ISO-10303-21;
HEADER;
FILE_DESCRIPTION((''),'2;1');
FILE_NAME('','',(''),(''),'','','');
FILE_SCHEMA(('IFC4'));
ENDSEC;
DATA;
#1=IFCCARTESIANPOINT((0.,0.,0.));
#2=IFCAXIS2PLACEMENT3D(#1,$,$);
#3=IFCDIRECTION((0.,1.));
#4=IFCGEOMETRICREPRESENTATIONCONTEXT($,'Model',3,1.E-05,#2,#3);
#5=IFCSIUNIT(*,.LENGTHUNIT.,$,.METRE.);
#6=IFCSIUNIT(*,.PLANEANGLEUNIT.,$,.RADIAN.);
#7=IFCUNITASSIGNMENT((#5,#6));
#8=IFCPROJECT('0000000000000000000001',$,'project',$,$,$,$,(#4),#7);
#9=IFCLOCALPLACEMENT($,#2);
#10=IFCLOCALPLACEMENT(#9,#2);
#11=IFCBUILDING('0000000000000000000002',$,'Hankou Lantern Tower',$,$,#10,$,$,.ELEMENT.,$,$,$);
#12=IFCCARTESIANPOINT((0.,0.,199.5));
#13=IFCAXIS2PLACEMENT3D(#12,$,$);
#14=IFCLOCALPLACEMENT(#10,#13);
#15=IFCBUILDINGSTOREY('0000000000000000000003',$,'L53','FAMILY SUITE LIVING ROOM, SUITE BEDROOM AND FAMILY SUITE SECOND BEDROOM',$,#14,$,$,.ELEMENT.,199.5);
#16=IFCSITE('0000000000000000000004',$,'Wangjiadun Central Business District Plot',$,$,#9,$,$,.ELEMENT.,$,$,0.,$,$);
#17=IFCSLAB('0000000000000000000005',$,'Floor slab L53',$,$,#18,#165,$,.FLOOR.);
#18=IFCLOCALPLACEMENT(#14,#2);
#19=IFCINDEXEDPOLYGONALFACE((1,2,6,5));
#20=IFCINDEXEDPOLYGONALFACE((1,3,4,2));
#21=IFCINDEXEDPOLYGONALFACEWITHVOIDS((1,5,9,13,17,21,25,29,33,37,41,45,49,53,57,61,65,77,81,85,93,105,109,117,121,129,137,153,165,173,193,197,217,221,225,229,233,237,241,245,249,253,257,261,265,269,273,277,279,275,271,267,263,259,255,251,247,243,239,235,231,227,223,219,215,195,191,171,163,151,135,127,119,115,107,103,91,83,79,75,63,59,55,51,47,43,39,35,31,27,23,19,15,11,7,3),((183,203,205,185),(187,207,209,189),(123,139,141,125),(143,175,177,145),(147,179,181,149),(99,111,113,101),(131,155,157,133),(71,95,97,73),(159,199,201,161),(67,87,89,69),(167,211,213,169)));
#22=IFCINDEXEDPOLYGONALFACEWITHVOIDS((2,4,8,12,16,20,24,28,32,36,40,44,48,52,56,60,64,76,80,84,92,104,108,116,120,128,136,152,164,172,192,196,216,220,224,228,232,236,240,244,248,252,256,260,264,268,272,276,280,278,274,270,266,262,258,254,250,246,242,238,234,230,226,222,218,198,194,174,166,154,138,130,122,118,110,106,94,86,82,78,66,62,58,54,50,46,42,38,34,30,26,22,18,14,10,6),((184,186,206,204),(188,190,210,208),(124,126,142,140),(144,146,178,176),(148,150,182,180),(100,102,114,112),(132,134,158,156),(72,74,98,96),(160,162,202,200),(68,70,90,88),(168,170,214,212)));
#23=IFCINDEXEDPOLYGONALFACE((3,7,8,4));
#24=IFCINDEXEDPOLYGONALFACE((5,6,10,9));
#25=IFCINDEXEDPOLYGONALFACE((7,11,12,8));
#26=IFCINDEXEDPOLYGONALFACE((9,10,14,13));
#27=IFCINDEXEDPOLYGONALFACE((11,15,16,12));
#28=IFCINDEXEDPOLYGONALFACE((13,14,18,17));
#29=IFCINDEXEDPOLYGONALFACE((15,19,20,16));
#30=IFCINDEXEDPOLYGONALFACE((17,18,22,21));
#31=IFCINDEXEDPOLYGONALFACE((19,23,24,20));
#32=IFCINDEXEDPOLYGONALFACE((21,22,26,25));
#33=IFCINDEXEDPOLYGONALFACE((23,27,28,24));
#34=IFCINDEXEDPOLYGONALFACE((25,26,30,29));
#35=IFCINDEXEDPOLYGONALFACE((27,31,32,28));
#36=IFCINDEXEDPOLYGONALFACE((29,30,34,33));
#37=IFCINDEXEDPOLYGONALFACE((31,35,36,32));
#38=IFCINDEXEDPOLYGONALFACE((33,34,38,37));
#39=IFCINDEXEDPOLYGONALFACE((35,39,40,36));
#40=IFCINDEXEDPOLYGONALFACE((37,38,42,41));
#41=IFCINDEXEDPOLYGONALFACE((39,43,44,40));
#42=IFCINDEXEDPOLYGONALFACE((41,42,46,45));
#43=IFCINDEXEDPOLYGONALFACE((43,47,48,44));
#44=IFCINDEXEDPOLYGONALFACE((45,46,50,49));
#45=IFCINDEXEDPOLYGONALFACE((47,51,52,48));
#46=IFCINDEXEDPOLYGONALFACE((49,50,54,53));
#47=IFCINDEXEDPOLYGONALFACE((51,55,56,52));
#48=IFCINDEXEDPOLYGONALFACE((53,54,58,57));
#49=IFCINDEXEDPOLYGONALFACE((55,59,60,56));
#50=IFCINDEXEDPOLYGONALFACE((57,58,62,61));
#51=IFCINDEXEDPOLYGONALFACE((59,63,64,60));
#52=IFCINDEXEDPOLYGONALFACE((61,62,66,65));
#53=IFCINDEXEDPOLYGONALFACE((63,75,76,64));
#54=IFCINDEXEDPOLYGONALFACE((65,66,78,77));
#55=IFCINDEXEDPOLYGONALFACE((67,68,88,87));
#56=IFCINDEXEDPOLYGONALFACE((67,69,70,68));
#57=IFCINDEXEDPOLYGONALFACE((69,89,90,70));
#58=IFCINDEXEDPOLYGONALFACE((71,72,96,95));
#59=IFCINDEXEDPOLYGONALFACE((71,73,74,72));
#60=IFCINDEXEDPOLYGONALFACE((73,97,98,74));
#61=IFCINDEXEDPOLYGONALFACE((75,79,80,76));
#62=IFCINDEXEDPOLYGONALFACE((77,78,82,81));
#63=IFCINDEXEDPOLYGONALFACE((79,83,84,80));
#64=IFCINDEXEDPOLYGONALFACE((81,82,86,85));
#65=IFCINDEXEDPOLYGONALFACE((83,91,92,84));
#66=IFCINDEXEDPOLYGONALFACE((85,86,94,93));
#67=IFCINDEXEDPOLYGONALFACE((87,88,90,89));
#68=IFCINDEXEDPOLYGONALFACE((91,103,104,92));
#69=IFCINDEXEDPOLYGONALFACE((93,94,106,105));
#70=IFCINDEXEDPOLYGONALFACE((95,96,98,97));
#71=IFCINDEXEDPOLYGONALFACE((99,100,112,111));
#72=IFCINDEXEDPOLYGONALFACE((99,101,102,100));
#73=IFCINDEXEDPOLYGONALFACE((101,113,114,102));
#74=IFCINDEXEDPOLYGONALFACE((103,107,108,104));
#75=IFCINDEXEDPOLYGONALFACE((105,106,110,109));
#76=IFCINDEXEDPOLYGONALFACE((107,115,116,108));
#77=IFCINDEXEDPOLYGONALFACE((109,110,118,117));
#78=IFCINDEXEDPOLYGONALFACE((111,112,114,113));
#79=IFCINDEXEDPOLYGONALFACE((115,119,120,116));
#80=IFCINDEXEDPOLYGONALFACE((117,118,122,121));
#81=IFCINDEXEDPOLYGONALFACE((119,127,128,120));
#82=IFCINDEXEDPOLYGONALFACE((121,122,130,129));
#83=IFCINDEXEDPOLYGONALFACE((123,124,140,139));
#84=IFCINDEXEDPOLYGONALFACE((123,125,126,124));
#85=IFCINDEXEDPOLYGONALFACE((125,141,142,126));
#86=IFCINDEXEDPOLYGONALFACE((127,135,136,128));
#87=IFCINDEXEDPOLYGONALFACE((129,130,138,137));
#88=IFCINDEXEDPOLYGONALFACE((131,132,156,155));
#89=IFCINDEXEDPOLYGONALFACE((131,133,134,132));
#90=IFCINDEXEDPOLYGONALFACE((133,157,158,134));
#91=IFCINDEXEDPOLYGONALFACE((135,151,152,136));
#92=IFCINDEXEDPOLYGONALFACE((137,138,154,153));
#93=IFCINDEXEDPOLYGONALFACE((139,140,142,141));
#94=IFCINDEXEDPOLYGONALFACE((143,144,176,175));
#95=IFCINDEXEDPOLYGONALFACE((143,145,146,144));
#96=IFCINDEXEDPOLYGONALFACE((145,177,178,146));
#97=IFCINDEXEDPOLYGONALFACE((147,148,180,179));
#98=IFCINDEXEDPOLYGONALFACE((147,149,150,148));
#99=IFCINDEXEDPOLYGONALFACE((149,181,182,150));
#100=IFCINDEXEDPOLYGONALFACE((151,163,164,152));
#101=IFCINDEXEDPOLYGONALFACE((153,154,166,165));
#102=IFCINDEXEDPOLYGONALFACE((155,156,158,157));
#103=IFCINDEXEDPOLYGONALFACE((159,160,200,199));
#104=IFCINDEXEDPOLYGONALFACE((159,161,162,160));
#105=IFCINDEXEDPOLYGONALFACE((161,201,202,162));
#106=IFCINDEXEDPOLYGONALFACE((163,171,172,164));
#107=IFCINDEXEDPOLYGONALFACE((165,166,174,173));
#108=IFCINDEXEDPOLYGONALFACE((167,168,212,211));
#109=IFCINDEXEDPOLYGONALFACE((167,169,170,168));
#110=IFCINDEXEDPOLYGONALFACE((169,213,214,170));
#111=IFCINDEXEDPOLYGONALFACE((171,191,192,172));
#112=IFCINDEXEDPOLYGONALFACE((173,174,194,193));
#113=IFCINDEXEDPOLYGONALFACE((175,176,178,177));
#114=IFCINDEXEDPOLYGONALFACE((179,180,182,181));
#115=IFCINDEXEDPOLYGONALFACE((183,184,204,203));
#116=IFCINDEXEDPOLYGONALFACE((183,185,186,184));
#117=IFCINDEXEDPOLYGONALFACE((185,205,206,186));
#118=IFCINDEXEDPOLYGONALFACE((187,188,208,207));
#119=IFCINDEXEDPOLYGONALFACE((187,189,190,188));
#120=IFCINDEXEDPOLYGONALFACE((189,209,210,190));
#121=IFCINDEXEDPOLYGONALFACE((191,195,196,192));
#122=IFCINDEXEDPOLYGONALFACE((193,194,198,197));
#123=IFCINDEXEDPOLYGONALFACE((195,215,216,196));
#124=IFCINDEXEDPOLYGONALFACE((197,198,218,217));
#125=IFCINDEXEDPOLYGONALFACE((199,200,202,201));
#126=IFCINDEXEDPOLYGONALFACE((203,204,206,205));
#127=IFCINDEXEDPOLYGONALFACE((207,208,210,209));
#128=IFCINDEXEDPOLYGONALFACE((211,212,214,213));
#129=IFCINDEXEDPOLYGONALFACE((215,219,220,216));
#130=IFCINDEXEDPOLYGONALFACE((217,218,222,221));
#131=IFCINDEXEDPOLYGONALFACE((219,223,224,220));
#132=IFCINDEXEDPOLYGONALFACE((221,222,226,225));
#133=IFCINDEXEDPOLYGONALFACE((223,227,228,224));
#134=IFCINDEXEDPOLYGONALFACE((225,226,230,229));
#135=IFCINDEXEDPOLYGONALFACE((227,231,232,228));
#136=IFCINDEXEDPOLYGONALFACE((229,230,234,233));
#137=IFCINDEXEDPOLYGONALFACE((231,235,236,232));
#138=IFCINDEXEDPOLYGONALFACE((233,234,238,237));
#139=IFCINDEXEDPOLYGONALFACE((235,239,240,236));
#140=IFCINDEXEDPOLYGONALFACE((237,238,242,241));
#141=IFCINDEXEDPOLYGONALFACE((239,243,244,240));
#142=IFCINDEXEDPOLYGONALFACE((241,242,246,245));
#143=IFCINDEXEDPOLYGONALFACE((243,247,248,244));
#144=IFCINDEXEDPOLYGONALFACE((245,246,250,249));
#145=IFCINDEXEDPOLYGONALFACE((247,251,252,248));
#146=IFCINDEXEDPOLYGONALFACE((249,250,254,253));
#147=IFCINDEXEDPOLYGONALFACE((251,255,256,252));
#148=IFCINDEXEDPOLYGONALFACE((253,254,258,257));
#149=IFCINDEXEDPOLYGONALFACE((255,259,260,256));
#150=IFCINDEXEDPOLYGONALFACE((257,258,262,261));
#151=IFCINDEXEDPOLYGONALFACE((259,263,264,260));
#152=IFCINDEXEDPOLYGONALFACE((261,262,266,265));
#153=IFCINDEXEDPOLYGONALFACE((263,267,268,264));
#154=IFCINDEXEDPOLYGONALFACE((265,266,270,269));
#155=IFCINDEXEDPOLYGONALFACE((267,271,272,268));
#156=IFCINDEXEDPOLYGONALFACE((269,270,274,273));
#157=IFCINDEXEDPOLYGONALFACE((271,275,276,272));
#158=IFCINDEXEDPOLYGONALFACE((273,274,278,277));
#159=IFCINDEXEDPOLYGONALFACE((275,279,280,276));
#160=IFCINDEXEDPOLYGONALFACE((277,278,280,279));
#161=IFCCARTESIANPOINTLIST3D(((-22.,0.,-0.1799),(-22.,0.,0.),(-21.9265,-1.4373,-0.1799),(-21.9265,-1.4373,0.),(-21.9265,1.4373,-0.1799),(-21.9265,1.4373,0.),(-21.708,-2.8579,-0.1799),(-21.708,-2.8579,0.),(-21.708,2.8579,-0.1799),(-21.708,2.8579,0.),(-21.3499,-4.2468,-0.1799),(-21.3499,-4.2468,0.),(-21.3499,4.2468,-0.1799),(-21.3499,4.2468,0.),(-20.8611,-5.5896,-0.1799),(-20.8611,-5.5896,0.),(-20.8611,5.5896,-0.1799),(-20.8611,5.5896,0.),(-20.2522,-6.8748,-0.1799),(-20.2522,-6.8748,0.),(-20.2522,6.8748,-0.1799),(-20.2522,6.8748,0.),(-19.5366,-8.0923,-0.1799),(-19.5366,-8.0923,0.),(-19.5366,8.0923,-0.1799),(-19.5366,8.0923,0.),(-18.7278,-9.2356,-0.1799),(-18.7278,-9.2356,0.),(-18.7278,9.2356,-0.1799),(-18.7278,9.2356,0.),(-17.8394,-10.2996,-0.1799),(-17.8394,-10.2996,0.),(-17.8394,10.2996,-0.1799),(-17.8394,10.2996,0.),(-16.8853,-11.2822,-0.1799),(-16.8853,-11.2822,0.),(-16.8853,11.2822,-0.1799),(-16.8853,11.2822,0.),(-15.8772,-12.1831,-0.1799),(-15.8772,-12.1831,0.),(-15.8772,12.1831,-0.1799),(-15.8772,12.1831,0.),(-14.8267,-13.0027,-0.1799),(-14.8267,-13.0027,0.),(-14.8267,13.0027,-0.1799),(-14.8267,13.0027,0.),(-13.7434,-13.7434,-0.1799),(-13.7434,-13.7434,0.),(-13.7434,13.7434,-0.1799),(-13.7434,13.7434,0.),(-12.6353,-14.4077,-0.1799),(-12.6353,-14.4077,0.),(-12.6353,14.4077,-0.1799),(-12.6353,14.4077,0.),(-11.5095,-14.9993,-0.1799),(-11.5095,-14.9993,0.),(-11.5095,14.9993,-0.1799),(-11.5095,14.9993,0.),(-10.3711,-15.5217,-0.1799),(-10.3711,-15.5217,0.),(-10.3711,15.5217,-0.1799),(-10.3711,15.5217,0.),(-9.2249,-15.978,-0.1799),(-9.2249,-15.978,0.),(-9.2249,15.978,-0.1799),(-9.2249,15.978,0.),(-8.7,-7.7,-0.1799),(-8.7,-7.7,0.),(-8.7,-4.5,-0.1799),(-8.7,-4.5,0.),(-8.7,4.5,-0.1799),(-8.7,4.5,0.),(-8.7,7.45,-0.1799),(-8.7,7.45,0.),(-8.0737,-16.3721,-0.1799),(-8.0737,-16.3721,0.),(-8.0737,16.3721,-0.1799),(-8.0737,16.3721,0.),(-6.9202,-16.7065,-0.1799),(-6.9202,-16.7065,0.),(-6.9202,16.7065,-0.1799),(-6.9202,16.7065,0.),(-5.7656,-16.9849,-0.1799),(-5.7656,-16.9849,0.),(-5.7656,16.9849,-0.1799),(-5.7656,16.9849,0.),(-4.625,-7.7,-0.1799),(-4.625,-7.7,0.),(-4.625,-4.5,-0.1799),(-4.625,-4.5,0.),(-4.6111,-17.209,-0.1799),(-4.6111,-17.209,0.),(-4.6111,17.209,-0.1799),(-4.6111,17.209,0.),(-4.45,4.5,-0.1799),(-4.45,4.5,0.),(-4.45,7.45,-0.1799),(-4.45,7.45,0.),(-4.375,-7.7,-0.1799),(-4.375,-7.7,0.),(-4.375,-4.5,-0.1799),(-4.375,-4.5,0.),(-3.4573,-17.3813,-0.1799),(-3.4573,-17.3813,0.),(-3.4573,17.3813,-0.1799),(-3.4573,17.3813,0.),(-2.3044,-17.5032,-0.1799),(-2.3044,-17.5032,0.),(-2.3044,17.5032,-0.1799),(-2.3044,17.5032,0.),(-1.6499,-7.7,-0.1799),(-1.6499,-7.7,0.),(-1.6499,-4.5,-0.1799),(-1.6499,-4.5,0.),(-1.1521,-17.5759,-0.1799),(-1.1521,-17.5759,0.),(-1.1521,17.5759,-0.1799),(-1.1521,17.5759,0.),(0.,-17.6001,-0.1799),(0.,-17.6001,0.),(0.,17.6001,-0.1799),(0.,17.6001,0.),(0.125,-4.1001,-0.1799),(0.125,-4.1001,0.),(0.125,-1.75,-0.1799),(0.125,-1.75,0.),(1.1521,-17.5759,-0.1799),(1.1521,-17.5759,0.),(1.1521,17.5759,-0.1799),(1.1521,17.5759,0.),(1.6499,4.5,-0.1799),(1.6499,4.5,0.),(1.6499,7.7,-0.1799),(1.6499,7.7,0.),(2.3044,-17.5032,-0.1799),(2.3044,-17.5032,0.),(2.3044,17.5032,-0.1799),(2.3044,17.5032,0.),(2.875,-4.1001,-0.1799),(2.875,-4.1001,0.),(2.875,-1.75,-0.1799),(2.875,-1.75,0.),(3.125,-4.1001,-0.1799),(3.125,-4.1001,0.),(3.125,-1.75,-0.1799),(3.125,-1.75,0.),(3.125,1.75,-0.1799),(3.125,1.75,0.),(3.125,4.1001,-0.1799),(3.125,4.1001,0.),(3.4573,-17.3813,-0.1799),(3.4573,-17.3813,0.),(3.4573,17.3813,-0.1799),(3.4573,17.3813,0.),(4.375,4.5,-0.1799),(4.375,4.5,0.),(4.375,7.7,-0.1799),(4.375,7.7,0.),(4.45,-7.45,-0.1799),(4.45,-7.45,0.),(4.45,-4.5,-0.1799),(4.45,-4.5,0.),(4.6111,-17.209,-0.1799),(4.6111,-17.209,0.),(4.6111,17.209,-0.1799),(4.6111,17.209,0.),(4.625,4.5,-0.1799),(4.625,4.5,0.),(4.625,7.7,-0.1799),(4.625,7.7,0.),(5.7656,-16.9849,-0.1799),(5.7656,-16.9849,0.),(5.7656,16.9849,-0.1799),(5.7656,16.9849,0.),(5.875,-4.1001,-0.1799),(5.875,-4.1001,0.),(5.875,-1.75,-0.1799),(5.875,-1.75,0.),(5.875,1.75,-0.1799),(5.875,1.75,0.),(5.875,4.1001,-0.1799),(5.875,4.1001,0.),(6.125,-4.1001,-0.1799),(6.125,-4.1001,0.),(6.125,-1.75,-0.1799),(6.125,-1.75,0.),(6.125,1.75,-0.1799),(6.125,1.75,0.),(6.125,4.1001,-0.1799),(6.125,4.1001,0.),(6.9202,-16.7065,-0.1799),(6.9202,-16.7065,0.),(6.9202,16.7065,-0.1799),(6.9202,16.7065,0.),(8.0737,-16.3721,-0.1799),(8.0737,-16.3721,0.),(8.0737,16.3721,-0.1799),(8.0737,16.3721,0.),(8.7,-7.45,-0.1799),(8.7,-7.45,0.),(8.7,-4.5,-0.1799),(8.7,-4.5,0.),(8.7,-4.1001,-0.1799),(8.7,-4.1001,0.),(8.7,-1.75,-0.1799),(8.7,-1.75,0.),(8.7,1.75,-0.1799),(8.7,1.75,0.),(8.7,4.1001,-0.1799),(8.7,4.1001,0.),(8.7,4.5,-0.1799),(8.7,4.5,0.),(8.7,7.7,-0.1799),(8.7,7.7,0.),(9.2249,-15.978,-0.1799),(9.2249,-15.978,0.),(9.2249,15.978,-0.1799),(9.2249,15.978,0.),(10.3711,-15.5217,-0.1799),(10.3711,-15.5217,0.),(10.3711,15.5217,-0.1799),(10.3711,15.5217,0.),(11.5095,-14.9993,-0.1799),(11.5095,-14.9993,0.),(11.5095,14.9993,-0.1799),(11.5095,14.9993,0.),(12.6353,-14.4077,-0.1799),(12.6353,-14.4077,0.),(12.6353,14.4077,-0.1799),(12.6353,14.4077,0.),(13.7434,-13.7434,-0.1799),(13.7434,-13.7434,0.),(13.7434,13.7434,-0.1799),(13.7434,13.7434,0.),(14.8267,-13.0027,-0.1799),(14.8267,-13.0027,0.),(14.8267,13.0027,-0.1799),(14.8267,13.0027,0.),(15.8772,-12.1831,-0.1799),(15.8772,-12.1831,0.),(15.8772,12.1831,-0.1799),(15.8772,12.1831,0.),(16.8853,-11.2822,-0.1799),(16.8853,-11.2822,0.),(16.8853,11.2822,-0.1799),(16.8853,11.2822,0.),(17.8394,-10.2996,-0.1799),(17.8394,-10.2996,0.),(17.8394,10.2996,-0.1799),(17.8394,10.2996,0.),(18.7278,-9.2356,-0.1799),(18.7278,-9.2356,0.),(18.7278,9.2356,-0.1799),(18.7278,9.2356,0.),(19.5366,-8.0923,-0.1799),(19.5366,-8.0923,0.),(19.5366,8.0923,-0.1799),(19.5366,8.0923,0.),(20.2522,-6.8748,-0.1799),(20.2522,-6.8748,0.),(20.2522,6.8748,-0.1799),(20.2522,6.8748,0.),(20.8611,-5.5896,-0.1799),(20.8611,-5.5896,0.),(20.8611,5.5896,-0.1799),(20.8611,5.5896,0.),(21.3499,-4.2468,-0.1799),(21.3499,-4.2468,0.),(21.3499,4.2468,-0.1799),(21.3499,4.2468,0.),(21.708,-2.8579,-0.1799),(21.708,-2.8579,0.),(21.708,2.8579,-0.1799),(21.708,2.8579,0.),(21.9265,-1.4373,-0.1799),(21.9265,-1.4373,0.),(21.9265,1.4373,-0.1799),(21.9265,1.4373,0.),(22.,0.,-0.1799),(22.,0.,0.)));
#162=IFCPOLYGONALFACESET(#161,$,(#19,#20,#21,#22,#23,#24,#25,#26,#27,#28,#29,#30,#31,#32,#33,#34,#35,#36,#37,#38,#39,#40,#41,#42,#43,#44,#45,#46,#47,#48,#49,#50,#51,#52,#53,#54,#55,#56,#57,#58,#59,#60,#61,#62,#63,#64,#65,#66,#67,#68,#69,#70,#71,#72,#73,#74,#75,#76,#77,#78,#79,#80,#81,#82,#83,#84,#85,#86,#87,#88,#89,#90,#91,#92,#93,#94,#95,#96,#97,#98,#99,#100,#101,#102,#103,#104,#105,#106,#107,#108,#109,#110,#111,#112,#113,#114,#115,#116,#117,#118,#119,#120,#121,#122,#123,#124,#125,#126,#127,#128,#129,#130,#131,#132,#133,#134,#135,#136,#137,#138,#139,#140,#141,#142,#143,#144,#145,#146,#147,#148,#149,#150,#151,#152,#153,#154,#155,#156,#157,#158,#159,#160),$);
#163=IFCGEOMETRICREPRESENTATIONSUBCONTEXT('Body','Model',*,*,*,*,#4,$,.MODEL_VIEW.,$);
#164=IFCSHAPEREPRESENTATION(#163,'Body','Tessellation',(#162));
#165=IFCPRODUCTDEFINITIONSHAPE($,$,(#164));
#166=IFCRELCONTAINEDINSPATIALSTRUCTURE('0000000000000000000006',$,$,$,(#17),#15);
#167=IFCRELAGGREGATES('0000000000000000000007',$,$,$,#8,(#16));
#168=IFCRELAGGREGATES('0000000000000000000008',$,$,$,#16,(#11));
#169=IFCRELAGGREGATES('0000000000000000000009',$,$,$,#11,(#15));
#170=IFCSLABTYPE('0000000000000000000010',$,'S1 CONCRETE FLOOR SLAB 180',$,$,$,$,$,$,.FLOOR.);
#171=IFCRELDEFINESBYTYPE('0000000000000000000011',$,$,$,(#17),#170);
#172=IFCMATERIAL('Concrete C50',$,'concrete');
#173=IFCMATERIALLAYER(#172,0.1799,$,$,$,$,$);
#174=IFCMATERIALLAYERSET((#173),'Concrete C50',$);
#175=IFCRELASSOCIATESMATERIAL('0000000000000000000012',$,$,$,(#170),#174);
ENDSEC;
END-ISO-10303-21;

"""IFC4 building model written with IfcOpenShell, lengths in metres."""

from ifc_helpers import new_model, si_unit, direction, frame, origin, place, context, subcontext, project, spatial, polyline, outline, extrude, material, layer, layer_set, type_object, element, save


model = new_model("IFC4")

# Units and contexts
model_context = context("Model", 3, precision=1e-05, world=origin(), true_north=direction((0.0, 1.0)))
body_context = subcontext(model_context, "Body", "Model", "MODEL_VIEW")
ifc_project = project(units=[si_unit("LENGTHUNIT", "METRE"), si_unit("PLANEANGLEUNIT", "RADIAN")], contexts=[model_context])

# Site, building, storey
site_placement = place(None, origin())
site = spatial("IfcSite", under=ifc_project, at=site_placement, Name="Wangjiadun Central Business District Plot", CompositionType="ELEMENT", RefElevation=0.0)
building_placement = place(site_placement, origin())
building = spatial("IfcBuilding", under=site, at=building_placement, Name="Hankou Lantern Tower", CompositionType="ELEMENT")
storey_placement = place(building_placement, frame((0.0, 0.0, 199.5)))
storey = spatial("IfcBuildingStorey", under=building, at=storey_placement, Name="L53", Description="FAMILY SUITE LIVING ROOM, SUITE BEDROOM AND FAMILY SUITE SECOND BEDROOM", CompositionType="ELEMENT", Elevation=199.5)

# Slab
ifc_material_1 = material(Name="Concrete C50", Category="concrete")
ifc_layer_1 = layer(ifc_material_1, 0.1799)
ifc_layer_set_1 = layer_set([ifc_layer_1], Name="Concrete C50")
slab_type = type_object("IfcSlabType", Name="S1 CONCRETE FLOOR SLAB 180", PredefinedType="FLOOR", material=ifc_layer_set_1)
slab_placement = place(storey_placement, frame((0.0, 0.0, -0.1799)))
element("IfcSlab", 1, at=slab_placement, inside=storey, type_object=slab_type, Name="Floor slab L53", PredefinedType="FLOOR", context=body_context, shape_type="SweptSolid", body=[
    extrude(outline(polyline([(22.0, 0.0), (21.9265, 1.4373), (21.708, 2.8579), (21.3499, 4.2468), (20.8611, 5.5896), (20.2522, 6.8748), (19.5366, 8.0923), (18.7278, 9.2356), (17.8394, 10.2996), (16.8853, 11.2822), (15.8772, 12.1831), (14.8267, 13.0027), (13.7434, 13.7434), (12.6353, 14.4077), (11.5095, 14.9993), (10.3711, 15.5217), (9.2249, 15.978), (8.0737, 16.3721), (6.9202, 16.7065), (5.7656, 16.9849), (4.6111, 17.209), (3.4573, 17.3813), (2.3044, 17.5032), (1.1521, 17.5759), (0.0, 17.6001), (-1.1521, 17.5759), (-2.3044, 17.5032), (-3.4573, 17.3813), (-4.6111, 17.209), (-5.7656, 16.9849), (-6.9202, 16.7065), (-8.0737, 16.3721), (-9.2249, 15.978), (-10.3711, 15.5217), (-11.5095, 14.9993), (-12.6353, 14.4077), (-13.7434, 13.7434), (-14.8267, 13.0027), (-15.8772, 12.1831), (-16.8853, 11.2822), (-17.8394, 10.2996), (-18.7278, 9.2356), (-19.5366, 8.0923), (-20.2522, 6.8748), (-20.8611, 5.5896), (-21.3499, 4.2468), (-21.708, 2.8579), (-21.9265, 1.4373), (-22.0, 0.0), (-21.9265, -1.4373), (-21.708, -2.8579), (-21.3499, -4.2468), (-20.8611, -5.5896), (-20.2522, -6.8748), (-19.5366, -8.0923), (-18.7278, -9.2356), (-17.8394, -10.2996), (-16.8853, -11.2822), (-15.8772, -12.1831), (-14.8267, -13.0027), (-13.7434, -13.7434), (-12.6353, -14.4077), (-11.5095, -14.9993), (-10.3711, -15.5217), (-9.2249, -15.978), (-8.0737, -16.3721), (-6.9202, -16.7065), (-5.7656, -16.9849), (-4.6111, -17.209), (-3.4573, -17.3813), (-2.3044, -17.5032), (-1.1521, -17.5759), (0.0, -17.6001), (1.1521, -17.5759), (2.3044, -17.5032), (3.4573, -17.3813), (4.6111, -17.209), (5.7656, -16.9849), (6.9202, -16.7065), (8.0737, -16.3721), (9.2249, -15.978), (10.3711, -15.5217), (11.5095, -14.9993), (12.6353, -14.4077), (13.7434, -13.7434), (14.8267, -13.0027), (15.8772, -12.1831), (16.8853, -11.2822), (17.8394, -10.2996), (18.7278, -9.2356), (19.5366, -8.0923), (20.2522, -6.8748), (20.8611, -5.5896), (21.3499, -4.2468), (21.708, -2.8579), (21.9265, -1.4373), (22.0, 0.0)]), holes=[polyline([(3.125, 4.1001), (5.875, 4.1001), (5.875, 1.75), (3.125, 1.75), (3.125, 4.1001)]), polyline([(6.125, 4.1001), (8.7, 4.1001), (8.7, 1.75), (6.125, 1.75), (6.125, 4.1001)]), polyline([(0.125, -1.75), (2.875, -1.75), (2.875, -4.1001), (0.125, -4.1001), (0.125, -1.75)]), polyline([(3.125, -1.75), (5.875, -1.75), (5.875, -4.1001), (3.125, -4.1001), (3.125, -1.75)]), polyline([(6.125, -1.75), (8.7, -1.75), (8.7, -4.1001), (6.125, -4.1001), (6.125, -1.75)]), polyline([(1.6499, 7.7), (4.375, 7.7), (4.375, 4.5), (1.6499, 4.5), (1.6499, 7.7)]), polyline([(-4.375, -4.5), (-1.6499, -4.5), (-1.6499, -7.7), (-4.375, -7.7), (-4.375, -4.5)]), polyline([(-8.7, 7.45), (-4.45, 7.45), (-4.45, 4.5), (-8.7, 4.5), (-8.7, 7.45)]), polyline([(4.45, -4.5), (8.7, -4.5), (8.7, -7.45), (4.45, -7.45), (4.45, -4.5)]), polyline([(4.625, 7.7), (8.7, 7.7), (8.7, 4.5), (4.625, 4.5), (4.625, 7.7)]), polyline([(-8.7, -4.5), (-4.625, -4.5), (-4.625, -7.7), (-8.7, -7.7), (-8.7, -4.5)])]), origin(), (0.0, 0.0, 1.0), 0.1799),
])

save(model, "model.ifc")
